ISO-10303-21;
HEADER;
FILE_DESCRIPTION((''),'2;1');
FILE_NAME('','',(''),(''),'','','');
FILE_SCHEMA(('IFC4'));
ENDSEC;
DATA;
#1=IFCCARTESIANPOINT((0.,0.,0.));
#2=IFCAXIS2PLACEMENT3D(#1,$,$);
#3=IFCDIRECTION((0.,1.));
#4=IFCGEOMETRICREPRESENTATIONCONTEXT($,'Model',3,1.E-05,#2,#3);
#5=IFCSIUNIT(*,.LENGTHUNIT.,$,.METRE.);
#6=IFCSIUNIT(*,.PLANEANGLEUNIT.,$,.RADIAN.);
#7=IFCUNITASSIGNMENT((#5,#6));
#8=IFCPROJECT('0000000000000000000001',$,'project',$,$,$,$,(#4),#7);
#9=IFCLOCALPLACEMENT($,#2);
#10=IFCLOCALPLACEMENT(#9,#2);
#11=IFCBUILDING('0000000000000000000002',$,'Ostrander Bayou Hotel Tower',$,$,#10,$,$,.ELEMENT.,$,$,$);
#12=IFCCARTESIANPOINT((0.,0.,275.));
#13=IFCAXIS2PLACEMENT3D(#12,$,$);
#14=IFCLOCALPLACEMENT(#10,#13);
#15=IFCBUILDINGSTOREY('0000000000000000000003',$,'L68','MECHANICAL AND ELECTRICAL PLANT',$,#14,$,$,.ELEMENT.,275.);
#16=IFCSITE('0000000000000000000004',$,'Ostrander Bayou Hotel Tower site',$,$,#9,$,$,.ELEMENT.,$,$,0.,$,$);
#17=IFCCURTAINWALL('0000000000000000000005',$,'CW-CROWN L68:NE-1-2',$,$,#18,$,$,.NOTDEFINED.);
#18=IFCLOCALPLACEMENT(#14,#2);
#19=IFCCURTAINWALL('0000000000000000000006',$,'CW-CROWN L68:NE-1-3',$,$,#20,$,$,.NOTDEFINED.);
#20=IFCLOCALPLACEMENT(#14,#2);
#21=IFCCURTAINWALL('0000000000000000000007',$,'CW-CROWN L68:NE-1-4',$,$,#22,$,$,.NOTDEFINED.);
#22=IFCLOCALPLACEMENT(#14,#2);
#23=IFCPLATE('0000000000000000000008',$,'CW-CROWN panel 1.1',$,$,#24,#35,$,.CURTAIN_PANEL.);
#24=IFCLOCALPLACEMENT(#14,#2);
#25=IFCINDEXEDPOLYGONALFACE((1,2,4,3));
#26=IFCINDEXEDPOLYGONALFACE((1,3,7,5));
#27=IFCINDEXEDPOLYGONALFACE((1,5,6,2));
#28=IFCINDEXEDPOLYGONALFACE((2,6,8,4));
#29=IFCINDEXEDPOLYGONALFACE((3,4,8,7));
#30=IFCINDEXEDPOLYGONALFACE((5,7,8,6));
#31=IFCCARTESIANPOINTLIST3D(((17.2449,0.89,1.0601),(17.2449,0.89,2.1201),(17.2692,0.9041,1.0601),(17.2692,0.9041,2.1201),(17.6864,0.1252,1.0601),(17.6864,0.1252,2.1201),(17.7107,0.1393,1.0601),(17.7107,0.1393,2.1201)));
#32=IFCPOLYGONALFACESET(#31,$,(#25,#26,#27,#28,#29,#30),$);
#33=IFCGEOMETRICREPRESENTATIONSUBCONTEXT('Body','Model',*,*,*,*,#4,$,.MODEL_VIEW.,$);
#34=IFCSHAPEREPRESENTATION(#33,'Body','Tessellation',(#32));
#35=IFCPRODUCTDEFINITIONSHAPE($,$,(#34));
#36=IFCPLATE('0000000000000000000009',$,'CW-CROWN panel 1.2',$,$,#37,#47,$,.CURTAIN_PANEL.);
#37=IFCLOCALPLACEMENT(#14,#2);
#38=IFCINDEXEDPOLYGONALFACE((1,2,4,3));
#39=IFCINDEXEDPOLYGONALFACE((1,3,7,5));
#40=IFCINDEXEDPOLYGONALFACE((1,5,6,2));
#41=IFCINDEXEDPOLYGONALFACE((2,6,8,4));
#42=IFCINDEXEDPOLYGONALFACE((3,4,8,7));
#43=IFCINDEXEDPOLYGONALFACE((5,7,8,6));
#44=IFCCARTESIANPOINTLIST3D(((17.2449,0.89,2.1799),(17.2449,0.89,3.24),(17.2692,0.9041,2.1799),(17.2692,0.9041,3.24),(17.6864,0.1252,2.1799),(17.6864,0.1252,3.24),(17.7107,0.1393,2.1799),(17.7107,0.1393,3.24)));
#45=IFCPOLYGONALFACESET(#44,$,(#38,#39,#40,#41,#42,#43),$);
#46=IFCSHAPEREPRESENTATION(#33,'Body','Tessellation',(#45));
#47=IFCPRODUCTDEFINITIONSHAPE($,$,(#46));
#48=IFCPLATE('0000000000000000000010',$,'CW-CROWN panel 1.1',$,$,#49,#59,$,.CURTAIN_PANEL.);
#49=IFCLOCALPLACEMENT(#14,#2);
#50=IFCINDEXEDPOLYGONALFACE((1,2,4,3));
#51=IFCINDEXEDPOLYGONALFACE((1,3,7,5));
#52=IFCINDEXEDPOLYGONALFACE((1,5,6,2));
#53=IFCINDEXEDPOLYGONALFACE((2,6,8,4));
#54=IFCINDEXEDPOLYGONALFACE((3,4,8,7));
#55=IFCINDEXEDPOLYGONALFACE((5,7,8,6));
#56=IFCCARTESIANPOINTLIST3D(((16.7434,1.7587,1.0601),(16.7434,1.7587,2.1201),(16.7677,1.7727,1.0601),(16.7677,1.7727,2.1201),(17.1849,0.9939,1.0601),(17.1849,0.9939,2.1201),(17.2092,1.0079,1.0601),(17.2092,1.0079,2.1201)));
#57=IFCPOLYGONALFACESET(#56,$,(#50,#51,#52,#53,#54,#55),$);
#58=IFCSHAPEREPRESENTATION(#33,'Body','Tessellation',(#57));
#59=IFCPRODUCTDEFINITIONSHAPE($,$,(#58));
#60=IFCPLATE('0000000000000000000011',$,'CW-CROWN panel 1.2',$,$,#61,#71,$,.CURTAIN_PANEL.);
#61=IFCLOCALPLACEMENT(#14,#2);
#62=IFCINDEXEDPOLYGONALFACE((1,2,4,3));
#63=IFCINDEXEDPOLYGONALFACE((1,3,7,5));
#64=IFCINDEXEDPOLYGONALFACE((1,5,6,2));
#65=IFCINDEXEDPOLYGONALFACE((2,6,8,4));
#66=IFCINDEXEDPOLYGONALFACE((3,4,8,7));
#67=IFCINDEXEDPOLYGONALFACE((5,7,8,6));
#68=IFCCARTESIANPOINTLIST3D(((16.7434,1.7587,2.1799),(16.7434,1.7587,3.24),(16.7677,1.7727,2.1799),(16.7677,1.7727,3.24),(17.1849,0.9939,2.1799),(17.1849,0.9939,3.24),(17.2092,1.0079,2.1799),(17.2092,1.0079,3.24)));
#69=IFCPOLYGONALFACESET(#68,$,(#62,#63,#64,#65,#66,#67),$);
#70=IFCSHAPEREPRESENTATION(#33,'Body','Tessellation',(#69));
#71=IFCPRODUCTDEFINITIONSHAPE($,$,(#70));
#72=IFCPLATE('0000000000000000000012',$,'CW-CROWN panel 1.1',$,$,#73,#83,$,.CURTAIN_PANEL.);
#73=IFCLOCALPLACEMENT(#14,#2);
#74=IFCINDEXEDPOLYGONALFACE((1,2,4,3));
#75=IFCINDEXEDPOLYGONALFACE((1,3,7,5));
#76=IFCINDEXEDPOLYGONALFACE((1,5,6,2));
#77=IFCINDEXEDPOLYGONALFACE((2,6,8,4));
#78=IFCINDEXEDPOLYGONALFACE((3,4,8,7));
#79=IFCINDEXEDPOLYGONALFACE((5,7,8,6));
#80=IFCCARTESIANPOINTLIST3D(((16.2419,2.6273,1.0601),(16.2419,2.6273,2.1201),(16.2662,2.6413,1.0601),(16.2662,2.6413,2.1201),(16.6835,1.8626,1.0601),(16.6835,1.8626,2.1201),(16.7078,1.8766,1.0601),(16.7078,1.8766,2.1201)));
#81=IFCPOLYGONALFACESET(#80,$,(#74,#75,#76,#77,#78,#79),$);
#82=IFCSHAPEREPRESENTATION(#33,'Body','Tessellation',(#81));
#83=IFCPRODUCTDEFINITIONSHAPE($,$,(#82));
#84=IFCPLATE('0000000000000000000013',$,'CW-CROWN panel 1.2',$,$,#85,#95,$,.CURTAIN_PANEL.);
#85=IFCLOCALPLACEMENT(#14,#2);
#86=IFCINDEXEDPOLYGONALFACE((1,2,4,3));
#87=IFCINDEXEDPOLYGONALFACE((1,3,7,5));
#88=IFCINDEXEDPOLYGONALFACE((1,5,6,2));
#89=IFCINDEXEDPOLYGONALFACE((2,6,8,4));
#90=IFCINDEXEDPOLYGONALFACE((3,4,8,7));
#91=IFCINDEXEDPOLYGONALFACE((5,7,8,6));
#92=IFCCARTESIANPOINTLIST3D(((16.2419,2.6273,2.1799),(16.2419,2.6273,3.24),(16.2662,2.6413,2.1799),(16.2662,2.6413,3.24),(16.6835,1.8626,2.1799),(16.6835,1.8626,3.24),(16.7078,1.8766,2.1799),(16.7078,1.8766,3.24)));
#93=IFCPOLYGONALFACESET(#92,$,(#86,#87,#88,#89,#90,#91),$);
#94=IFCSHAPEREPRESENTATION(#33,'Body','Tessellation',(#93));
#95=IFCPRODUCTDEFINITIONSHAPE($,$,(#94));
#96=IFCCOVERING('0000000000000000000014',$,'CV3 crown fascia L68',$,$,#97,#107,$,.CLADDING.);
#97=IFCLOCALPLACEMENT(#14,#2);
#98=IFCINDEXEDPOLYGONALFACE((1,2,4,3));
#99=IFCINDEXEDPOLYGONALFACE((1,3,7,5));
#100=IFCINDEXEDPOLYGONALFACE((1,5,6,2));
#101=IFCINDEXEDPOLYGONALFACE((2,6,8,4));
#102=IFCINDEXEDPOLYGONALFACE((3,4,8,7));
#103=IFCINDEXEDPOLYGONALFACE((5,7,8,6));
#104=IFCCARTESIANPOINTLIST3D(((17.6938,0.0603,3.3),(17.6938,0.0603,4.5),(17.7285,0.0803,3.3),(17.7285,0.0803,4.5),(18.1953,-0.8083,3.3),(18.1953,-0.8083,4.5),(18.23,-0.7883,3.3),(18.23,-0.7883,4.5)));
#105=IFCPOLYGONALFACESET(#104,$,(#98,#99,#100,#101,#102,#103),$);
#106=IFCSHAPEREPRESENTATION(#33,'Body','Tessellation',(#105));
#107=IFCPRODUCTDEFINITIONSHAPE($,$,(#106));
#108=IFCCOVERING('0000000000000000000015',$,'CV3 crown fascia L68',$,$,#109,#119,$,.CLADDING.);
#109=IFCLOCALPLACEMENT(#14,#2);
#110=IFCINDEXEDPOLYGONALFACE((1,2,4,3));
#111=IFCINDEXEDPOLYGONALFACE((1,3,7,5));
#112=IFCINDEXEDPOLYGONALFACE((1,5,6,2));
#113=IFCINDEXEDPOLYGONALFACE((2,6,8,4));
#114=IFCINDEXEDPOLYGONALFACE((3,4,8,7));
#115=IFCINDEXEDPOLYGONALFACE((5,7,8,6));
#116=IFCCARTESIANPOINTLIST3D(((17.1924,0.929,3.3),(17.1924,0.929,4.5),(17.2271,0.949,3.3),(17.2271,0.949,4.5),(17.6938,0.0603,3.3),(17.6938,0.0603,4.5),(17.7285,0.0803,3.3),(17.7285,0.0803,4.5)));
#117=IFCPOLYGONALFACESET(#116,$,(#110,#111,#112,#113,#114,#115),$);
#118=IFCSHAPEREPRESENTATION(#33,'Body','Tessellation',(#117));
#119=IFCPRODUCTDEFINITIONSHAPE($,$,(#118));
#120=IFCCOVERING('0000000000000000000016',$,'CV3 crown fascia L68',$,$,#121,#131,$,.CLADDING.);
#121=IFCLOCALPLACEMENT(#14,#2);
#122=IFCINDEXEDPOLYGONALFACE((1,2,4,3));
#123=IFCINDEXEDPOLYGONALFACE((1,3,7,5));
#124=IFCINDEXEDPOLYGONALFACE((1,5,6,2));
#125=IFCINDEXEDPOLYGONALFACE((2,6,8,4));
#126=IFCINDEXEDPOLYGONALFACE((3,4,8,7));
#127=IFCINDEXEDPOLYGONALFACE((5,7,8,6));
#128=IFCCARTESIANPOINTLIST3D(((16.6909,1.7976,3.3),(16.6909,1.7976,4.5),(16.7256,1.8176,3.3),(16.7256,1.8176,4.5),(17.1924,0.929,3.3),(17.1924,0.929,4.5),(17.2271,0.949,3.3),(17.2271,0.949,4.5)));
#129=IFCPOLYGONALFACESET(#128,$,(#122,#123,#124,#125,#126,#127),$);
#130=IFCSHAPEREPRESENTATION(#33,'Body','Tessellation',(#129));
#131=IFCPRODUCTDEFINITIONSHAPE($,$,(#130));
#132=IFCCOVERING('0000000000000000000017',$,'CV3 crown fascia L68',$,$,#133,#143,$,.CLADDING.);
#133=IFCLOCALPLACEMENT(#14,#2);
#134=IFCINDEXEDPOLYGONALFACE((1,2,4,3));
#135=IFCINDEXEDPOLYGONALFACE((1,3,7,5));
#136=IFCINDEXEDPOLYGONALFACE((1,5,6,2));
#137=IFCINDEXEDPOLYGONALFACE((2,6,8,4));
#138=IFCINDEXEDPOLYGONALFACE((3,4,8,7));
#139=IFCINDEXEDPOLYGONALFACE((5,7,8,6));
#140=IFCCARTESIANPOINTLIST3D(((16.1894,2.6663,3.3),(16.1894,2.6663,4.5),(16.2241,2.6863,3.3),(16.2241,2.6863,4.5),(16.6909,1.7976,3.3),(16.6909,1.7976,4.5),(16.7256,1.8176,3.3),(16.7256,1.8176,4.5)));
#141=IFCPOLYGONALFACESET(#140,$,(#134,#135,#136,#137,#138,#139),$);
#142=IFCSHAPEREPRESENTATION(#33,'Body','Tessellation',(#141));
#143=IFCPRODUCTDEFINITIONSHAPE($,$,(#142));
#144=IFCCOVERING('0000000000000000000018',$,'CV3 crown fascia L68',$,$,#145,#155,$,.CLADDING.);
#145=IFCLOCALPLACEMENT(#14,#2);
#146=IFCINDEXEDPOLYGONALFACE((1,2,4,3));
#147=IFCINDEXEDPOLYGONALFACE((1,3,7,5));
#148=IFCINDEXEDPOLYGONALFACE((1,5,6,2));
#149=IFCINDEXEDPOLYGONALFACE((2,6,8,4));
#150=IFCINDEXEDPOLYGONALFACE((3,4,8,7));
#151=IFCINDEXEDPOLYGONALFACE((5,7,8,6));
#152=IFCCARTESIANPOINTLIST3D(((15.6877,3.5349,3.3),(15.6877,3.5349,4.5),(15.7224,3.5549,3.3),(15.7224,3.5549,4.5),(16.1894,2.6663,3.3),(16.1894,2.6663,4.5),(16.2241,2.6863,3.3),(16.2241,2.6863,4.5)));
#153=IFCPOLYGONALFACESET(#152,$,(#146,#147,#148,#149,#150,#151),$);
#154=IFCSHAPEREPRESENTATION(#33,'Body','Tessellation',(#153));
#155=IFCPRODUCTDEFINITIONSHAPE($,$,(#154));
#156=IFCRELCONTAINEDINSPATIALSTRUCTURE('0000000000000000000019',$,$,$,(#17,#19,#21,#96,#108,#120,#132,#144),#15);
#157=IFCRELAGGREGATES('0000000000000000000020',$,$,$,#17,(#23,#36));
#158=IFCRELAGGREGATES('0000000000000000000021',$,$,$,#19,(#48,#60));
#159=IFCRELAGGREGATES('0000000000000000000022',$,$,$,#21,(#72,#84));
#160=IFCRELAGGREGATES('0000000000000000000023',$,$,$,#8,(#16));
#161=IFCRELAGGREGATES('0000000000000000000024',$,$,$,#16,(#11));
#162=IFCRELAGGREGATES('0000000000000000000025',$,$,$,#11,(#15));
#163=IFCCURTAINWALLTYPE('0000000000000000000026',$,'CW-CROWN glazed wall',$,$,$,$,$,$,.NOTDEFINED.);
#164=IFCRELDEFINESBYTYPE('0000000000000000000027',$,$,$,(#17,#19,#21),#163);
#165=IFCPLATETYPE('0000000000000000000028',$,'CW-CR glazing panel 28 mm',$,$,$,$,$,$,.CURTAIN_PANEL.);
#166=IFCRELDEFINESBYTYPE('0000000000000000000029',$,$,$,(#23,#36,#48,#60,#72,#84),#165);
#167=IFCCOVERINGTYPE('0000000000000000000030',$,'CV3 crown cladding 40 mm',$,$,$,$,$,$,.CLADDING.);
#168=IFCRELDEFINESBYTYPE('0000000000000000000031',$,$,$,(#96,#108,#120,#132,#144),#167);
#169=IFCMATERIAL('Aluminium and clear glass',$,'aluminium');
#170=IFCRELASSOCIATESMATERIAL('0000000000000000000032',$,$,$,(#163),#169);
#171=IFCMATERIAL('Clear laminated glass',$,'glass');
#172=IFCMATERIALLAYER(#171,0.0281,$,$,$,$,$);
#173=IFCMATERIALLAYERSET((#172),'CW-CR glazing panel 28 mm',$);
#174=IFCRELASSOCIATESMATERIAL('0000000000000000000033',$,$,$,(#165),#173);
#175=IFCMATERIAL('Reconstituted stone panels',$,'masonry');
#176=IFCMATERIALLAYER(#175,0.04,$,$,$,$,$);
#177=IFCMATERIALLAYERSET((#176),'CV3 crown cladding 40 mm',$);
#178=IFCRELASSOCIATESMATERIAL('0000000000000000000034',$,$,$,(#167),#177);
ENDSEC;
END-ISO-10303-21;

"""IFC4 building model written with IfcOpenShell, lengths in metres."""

from ifc_helpers import new_model, si_unit, direction, frame, origin, origin_2d, place, context, subcontext, project, spatial, polyline, rectangle, outline, extrude, material, layer, layer_set, type_object, element, aggregate, save


model = new_model("IFC4")

# Units and contexts
model_context = context("Model", 3, precision=1e-05, world=origin(), true_north=direction((0.0, 1.0)))
body_context = subcontext(model_context, "Body", "Model", "MODEL_VIEW")
ifc_project = project(units=[si_unit("LENGTHUNIT", "METRE"), si_unit("PLANEANGLEUNIT", "RADIAN")], contexts=[model_context])

# Site, building, storey
site_placement = place(None, origin())
site = spatial("IfcSite", under=ifc_project, at=site_placement, Name="Ostrander Bayou Hotel Tower site", CompositionType="ELEMENT", RefElevation=0.0)
building_placement = place(site_placement, origin())
building = spatial("IfcBuilding", under=site, at=building_placement, Name="Ostrander Bayou Hotel Tower", CompositionType="ELEMENT")
storey_placement = place(building_placement, frame((0.0, 0.0, 275.0)))
storey = spatial("IfcBuildingStorey", under=building, at=storey_placement, Name="L68", Description="MECHANICAL AND ELECTRICAL PLANT", CompositionType="ELEMENT", Elevation=275.0)

# Curtain walls
ifc_material_1 = material(Name="Aluminium and clear glass", Category="aluminium")
curtain_wall_type = type_object("IfcCurtainWallType", Name="CW-CROWN glazed wall", PredefinedType="NOTDEFINED", material=ifc_material_1)
curtain_wall_1_placement = place(storey_placement, origin())
curtain_wall_1 = element("IfcCurtainWall", 1, at=curtain_wall_1_placement, inside=storey, type_object=curtain_wall_type, Name="CW-CROWN L68:NE-1-2", PredefinedType="NOTDEFINED")
curtain_wall_2_placement = place(storey_placement, origin())
curtain_wall_2 = element("IfcCurtainWall", 2, at=curtain_wall_2_placement, inside=storey, type_object=curtain_wall_type, Name="CW-CROWN L68:NE-1-3", PredefinedType="NOTDEFINED")
curtain_wall_3_placement = place(storey_placement, origin())
curtain_wall_3 = element("IfcCurtainWall", 3, at=curtain_wall_3_placement, inside=storey, type_object=curtain_wall_type, Name="CW-CROWN L68:NE-1-4", PredefinedType="NOTDEFINED")

# Plates
ifc_material_2 = material(Name="Clear laminated glass", Category="glass")
ifc_layer_1 = layer(ifc_material_2, 0.0281)
ifc_layer_set_1 = layer_set([ifc_layer_1], Name="CW-CR glazing panel 28 mm")
plate_type = type_object("IfcPlateType", Name="CW-CR glazing panel 28 mm", PredefinedType="CURTAIN_PANEL", material=ifc_layer_set_1)
plate_1_placement = place(storey_placement, frame((17.4778, 0.5146, 1.0601), z_axis=(0.0, 0.0, 1.0), x_axis=(-0.499967, 0.866044, 0.0)))
plate_1 = element("IfcPlate", 4, at=plate_1_placement, type_object=plate_type, Name="CW-CROWN panel 1.1", PredefinedType="CURTAIN_PANEL", context=body_context, shape_type="SweptSolid", body=[
    extrude(rectangle(XDim=0.8831, YDim=0.0281, at=origin_2d()), origin(), (0.0, 0.0, 1.0), 1.0601),
])
plate_2_placement = place(storey_placement, frame((17.4778, 0.5146, 2.1799), z_axis=(0.0, 0.0, 1.0), x_axis=(-0.499967, 0.866044, 0.0)))
plate_2 = element("IfcPlate", 5, at=plate_2_placement, type_object=plate_type, Name="CW-CROWN panel 1.2", PredefinedType="CURTAIN_PANEL", context=body_context, shape_type="SweptSolid", body=[
    extrude(rectangle(XDim=0.8831, YDim=0.0281, at=origin_2d()), origin(), (0.0, 0.0, 1.0), 1.0601),
])
aggregate(curtain_wall_1, [plate_1, plate_2])
plate_3_placement = place(storey_placement, frame((16.9763, 1.3833, 1.0601), z_axis=(0.0, 0.0, 1.0), x_axis=(-0.499967, 0.866044, 0.0)))
plate_3 = element("IfcPlate", 6, at=plate_3_placement, type_object=plate_type, Name="CW-CROWN panel 1.1", PredefinedType="CURTAIN_PANEL", context=body_context, shape_type="SweptSolid", body=[
    extrude(rectangle(XDim=0.8831, YDim=0.0281, at=origin_2d()), origin(), (0.0, 0.0, 1.0), 1.0601),
])
plate_4_placement = place(storey_placement, frame((16.9763, 1.3833, 2.1799), z_axis=(0.0, 0.0, 1.0), x_axis=(-0.499967, 0.866044, 0.0)))
plate_4 = element("IfcPlate", 7, at=plate_4_placement, type_object=plate_type, Name="CW-CROWN panel 1.2", PredefinedType="CURTAIN_PANEL", context=body_context, shape_type="SweptSolid", body=[
    extrude(rectangle(XDim=0.8831, YDim=0.0281, at=origin_2d()), origin(), (0.0, 0.0, 1.0), 1.0601),
])
aggregate(curtain_wall_2, [plate_3, plate_4])
plate_5_placement = place(storey_placement, frame((16.4749, 2.252, 1.0601), z_axis=(0.0, 0.0, 1.0), x_axis=(-0.50001, 0.86602, 0.0)))
plate_5 = element("IfcPlate", 8, at=plate_5_placement, type_object=plate_type, Name="CW-CROWN panel 1.1", PredefinedType="CURTAIN_PANEL", context=body_context, shape_type="SweptSolid", body=[
    extrude(rectangle(XDim=0.8831, YDim=0.0281, at=origin_2d()), origin(), (0.0, 0.0, 1.0), 1.0601),
])
plate_6_placement = place(storey_placement, frame((16.4749, 2.252, 2.1799), z_axis=(0.0, 0.0, 1.0), x_axis=(-0.50001, 0.86602, 0.0)))
plate_6 = element("IfcPlate", 9, at=plate_6_placement, type_object=plate_type, Name="CW-CROWN panel 1.2", PredefinedType="CURTAIN_PANEL", context=body_context, shape_type="SweptSolid", body=[
    extrude(rectangle(XDim=0.8831, YDim=0.0281, at=origin_2d()), origin(), (0.0, 0.0, 1.0), 1.0601),
])
aggregate(curtain_wall_3, [plate_5, plate_6])

# Coverings
ifc_material_3 = material(Name="Reconstituted stone panels", Category="masonry")
ifc_layer_2 = layer(ifc_material_3, 0.04)
ifc_layer_set_2 = layer_set([ifc_layer_2], Name="CV3 crown cladding 40 mm")
covering_type = type_object("IfcCoveringType", Name="CV3 crown cladding 40 mm", PredefinedType="CLADDING", material=ifc_layer_set_2)
for number, where, z_axis, x_axis, name in (
    (10, (18.23, -0.7883, 3.3), (0.866048, 0.499961, 0.0), (-0.499961, 0.866048, 0.0), "CV3 crown fascia L68"),
    (11, (17.7285, 0.0803, 3.3), (0.866048, 0.499961, 0.0), (-0.499961, 0.866048, 0.0), "CV3 crown fascia L68"),
    (12, (17.2271, 0.949, 3.3), (0.866048, 0.499961, 0.0), (-0.499961, 0.866048, 0.0), "CV3 crown fascia L68"),
    (13, (16.7256, 1.8176, 3.3), (0.866048, 0.499961, 0.0), (-0.499961, 0.866048, 0.0), "CV3 crown fascia L68"),
):
    element("IfcCovering", number, at=place(storey_placement, frame(where, z_axis=z_axis, x_axis=x_axis)), inside=storey, type_object=covering_type, Name=name, PredefinedType="CLADDING", context=body_context, shape_type="SweptSolid", body=[
        extrude(outline(polyline([(0.0, 0.0), (1.003, 0.0), (1.003, 1.2), (0.0, 1.2), (0.0, 0.0)])), origin(), (0.0, 0.0, -1.0), 0.04),
    ])
covering_placement = place(storey_placement, frame((16.2241, 2.6863, 3.3), z_axis=(0.865942, 0.500144, 0.0), x_axis=(-0.500144, 0.865942, 0.0)))
element("IfcCovering", 14, at=covering_placement, inside=storey, type_object=covering_type, Name="CV3 crown fascia L68", PredefinedType="CLADDING", context=body_context, shape_type="SweptSolid", body=[
    extrude(outline(polyline([(0.0, 0.0), (1.0031, 0.0), (1.0031, 1.2), (0.0, 1.2), (0.0, 0.0)])), origin(), (0.0, 0.0, -1.0), 0.04),
])

save(model, "model.ifc")
